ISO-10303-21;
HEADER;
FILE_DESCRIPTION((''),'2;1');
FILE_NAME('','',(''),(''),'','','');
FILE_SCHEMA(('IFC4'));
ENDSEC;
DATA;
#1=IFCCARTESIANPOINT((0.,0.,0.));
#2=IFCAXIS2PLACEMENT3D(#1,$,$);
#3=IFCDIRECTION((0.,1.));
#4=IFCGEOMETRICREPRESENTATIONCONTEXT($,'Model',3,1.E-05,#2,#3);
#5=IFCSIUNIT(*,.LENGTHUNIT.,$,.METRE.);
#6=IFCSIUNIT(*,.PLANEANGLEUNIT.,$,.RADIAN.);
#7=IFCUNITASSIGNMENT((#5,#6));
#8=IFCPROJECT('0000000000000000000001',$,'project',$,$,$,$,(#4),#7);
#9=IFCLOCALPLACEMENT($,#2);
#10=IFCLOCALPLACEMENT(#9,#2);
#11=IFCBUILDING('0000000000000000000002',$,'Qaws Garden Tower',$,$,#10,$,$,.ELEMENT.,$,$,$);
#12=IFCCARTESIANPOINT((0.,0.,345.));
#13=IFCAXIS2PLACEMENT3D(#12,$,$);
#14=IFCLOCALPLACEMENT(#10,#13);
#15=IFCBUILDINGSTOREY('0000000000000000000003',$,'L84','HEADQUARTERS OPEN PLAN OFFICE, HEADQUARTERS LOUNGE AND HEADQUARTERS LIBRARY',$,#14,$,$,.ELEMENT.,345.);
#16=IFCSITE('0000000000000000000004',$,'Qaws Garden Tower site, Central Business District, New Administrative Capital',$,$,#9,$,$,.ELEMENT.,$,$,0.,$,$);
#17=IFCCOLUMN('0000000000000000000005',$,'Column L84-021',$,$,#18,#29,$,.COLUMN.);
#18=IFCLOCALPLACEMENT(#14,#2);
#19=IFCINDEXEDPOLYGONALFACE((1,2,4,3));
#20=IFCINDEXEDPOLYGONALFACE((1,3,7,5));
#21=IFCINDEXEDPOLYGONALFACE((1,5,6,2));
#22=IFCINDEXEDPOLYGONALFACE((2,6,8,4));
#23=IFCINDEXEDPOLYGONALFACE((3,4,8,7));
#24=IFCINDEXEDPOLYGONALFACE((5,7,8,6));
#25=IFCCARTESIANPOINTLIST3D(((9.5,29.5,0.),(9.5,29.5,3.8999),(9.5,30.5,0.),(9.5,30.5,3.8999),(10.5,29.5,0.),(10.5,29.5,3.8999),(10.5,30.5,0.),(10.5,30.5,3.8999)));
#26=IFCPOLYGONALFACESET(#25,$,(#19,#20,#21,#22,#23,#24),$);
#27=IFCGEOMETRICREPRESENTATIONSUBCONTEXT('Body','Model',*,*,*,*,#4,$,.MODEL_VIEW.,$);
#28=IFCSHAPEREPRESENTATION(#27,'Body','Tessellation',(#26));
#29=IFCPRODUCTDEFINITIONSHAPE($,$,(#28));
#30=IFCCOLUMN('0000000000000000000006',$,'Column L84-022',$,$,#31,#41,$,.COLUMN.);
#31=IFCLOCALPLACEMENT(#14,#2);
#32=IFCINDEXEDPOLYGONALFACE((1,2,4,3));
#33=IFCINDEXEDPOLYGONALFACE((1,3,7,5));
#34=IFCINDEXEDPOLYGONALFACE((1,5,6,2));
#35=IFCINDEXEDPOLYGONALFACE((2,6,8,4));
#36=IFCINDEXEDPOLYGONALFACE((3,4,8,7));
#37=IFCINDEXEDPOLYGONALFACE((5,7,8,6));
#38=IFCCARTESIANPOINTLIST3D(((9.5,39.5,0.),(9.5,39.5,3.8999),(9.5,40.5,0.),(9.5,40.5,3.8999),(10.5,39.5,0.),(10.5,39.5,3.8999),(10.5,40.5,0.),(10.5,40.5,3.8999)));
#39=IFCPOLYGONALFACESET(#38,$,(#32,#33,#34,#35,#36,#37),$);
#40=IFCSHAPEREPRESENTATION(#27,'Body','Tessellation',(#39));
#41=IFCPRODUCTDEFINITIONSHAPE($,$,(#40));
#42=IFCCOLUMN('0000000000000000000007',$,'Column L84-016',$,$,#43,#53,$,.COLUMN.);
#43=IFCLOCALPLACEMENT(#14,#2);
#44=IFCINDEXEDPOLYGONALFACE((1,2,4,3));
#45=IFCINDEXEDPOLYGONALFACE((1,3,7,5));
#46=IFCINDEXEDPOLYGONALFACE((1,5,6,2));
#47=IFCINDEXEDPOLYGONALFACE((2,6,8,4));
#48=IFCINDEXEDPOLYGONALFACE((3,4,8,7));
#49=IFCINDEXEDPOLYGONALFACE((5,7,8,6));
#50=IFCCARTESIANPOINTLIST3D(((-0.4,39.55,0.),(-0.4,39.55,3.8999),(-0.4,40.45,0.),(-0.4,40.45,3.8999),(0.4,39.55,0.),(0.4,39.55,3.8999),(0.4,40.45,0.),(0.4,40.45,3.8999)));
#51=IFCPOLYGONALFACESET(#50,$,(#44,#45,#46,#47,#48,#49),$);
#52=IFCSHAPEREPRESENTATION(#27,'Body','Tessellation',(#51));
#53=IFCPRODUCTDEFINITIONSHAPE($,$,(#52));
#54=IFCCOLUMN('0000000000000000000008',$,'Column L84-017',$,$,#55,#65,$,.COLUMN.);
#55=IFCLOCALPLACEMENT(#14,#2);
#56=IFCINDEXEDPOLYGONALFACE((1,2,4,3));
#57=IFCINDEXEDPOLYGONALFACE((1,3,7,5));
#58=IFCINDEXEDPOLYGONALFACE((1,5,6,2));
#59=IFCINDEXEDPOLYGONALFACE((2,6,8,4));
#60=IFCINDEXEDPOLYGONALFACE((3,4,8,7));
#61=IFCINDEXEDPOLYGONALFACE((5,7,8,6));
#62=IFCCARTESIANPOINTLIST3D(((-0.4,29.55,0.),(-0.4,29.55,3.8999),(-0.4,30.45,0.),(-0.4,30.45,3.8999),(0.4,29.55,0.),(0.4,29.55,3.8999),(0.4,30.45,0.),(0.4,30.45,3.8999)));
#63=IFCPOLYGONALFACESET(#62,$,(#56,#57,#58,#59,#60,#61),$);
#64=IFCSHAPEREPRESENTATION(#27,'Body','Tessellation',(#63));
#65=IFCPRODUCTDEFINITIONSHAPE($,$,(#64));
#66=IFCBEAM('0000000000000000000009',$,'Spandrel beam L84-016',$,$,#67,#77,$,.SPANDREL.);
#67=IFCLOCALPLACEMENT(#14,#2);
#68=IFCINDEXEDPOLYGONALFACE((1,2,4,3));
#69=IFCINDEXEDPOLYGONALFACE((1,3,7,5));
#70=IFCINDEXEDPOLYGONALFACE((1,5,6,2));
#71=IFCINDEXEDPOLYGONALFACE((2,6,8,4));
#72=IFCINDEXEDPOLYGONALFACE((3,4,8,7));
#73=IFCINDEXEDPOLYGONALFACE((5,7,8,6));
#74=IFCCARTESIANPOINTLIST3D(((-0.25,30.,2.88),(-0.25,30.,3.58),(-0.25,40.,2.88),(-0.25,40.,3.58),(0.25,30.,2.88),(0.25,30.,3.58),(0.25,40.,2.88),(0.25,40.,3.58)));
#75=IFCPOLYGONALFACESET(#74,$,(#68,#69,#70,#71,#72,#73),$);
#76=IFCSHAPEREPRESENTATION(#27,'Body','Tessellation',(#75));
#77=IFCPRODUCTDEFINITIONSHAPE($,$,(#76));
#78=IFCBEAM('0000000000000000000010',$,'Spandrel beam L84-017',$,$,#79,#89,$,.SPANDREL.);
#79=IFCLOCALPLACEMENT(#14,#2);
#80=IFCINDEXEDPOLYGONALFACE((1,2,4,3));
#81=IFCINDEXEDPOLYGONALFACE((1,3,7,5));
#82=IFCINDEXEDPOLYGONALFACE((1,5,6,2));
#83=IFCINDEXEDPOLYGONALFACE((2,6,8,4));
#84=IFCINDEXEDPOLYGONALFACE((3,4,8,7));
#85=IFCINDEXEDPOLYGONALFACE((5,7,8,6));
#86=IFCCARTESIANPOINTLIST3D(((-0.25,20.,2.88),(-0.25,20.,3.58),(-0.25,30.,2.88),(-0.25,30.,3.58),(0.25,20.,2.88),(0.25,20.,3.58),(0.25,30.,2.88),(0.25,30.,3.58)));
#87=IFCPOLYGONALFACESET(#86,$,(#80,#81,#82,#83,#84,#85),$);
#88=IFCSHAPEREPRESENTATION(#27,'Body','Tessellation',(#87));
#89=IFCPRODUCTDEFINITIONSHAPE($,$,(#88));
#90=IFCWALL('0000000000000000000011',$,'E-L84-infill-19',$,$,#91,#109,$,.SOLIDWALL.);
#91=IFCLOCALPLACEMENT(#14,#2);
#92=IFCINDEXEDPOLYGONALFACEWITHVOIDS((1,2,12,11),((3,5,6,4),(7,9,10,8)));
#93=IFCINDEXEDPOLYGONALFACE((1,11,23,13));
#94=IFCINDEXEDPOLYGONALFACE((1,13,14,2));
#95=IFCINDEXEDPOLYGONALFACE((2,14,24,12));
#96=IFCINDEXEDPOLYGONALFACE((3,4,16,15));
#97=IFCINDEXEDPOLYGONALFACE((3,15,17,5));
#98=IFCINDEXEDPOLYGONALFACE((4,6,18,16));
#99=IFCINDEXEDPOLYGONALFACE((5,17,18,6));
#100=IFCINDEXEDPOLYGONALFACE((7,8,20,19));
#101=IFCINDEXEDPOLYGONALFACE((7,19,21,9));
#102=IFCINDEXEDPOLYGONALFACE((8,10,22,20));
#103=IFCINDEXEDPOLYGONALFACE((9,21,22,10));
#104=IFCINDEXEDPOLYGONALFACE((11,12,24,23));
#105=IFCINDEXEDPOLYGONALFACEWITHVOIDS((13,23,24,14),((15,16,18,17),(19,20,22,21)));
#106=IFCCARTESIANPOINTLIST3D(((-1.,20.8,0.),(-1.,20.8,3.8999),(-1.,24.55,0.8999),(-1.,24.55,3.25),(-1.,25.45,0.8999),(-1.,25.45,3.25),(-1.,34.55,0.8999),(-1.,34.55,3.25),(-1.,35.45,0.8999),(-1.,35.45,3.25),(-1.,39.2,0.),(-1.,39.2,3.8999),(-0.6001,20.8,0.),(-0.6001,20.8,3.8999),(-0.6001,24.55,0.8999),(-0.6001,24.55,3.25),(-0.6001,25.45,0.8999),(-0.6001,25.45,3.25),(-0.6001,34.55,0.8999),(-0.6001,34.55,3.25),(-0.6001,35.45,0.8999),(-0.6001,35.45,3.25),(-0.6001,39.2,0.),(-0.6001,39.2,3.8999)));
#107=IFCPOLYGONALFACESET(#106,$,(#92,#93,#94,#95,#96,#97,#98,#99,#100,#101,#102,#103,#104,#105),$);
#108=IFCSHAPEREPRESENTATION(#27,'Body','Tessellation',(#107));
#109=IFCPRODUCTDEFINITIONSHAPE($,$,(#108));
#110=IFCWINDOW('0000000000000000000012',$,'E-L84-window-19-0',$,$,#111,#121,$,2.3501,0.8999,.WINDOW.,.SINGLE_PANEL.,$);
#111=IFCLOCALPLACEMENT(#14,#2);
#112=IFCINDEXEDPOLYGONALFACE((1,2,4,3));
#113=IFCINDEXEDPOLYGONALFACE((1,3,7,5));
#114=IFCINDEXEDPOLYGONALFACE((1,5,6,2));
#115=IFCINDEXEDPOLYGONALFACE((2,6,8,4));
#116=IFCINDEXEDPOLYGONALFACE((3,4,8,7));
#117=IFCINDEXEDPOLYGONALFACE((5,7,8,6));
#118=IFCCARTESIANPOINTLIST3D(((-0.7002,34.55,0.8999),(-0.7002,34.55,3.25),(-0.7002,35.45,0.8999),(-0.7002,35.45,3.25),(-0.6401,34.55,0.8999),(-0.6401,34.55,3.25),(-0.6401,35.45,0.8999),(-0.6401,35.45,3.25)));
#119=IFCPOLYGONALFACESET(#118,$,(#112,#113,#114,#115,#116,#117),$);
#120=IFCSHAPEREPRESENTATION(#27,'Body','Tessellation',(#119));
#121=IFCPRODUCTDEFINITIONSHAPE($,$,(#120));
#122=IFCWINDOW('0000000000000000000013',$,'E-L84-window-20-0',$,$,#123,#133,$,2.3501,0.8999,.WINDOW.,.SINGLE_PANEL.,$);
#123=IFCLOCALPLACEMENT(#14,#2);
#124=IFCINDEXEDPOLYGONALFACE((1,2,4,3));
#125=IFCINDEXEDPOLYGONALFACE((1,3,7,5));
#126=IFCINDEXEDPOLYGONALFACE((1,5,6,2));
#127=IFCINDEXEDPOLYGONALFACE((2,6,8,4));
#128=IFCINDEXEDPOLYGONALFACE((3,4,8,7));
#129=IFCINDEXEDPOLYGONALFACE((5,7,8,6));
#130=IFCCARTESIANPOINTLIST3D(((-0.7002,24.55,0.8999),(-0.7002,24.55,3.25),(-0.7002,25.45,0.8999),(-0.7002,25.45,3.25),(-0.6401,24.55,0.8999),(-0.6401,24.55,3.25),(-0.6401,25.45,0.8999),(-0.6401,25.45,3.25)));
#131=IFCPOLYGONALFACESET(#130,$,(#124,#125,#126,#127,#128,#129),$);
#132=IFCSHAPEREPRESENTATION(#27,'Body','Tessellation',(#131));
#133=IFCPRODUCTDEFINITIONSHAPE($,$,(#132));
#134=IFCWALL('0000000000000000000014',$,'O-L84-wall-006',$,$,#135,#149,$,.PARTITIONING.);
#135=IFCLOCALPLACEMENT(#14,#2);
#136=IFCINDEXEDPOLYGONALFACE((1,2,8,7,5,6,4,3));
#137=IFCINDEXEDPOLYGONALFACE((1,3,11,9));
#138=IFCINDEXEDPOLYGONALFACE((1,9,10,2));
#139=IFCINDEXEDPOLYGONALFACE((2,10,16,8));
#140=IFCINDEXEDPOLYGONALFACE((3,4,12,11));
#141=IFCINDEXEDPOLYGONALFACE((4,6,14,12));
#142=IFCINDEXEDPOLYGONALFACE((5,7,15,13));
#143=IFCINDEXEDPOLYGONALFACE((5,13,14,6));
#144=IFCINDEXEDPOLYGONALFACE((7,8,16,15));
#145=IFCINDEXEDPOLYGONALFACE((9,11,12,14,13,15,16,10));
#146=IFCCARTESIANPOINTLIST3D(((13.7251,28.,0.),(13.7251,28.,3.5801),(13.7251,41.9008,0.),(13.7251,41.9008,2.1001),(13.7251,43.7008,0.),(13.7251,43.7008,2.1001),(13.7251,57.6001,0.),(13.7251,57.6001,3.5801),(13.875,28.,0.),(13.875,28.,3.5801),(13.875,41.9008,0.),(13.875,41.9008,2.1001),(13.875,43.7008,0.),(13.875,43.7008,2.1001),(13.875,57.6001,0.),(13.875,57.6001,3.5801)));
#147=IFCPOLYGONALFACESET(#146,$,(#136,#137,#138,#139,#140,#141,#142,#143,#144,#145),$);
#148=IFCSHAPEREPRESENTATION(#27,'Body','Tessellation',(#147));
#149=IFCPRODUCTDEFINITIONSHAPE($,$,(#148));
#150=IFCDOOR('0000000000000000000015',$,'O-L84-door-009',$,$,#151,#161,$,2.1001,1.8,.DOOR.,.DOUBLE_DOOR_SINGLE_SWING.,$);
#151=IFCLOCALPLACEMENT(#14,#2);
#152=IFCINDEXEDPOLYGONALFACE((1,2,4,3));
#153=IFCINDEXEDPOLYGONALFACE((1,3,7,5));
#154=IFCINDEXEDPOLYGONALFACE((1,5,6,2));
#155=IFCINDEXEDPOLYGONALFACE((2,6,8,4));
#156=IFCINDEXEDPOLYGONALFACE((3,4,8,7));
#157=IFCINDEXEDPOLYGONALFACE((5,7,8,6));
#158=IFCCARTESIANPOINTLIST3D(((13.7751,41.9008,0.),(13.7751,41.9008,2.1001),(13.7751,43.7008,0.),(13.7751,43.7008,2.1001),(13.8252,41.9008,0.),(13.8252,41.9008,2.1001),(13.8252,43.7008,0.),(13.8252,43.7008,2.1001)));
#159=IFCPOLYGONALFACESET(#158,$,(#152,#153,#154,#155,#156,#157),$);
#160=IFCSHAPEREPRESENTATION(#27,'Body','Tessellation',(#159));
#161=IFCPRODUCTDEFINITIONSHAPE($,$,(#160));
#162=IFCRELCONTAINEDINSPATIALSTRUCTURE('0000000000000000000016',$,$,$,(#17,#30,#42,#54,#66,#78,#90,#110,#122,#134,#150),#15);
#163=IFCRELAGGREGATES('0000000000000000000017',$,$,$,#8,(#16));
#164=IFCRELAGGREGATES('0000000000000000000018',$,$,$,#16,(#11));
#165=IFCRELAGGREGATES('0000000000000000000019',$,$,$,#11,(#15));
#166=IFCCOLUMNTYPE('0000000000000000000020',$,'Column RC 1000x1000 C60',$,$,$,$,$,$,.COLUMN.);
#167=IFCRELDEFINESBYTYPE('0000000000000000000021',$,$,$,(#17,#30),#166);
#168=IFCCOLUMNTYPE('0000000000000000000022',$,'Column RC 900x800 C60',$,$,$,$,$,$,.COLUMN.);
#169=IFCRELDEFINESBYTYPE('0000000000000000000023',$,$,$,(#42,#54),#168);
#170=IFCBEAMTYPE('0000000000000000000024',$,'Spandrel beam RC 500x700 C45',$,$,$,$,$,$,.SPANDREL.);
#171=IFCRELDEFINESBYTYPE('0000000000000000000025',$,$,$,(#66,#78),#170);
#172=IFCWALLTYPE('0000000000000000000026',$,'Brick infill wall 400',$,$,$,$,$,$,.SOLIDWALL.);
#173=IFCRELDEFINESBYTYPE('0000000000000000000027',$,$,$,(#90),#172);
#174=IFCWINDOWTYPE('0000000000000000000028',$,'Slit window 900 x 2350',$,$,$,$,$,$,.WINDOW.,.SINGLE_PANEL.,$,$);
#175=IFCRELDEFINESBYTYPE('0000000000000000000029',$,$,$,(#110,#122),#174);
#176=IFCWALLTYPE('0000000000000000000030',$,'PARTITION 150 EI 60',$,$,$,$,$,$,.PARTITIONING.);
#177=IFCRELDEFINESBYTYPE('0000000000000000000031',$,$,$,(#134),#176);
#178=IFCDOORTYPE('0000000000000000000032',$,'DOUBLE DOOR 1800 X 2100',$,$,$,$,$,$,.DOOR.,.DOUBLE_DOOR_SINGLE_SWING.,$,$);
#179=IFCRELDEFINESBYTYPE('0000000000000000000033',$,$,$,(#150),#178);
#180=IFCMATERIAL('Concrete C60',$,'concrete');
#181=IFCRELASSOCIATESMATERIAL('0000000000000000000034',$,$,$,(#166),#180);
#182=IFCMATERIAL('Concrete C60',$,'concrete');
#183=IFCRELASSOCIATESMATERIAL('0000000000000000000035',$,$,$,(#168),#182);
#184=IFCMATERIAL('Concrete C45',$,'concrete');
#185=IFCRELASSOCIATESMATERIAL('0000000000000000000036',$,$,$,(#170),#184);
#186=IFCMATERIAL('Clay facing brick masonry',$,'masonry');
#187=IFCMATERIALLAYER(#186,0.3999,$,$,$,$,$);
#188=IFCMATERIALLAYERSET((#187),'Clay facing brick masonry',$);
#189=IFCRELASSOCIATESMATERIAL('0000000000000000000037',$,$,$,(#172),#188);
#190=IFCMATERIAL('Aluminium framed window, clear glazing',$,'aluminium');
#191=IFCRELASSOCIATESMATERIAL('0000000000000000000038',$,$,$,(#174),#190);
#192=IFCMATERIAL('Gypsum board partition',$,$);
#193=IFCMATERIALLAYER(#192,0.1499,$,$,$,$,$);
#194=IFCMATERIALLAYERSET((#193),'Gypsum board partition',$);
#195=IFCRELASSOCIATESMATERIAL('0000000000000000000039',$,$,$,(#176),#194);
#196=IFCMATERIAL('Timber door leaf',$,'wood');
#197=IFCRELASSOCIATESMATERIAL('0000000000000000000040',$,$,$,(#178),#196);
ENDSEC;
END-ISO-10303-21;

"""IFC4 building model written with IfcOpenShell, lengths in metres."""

from ifc_helpers import new_model, si_unit, direction, frame, frame_2d, origin, origin_2d, place, context, subcontext, project, spatial, rectangle, extrude, material, layer, layer_set, material_profile, profile_set, type_object, element, fill, save


model = new_model("IFC4")

# Units and contexts
model_context = context("Model", 3, precision=1e-05, world=origin(), true_north=direction((0.0, 1.0)))
body_context = subcontext(model_context, "Body", "Model", "MODEL_VIEW")
ifc_project = project(units=[si_unit("LENGTHUNIT", "METRE"), si_unit("PLANEANGLEUNIT", "RADIAN")], contexts=[model_context])

# Site, building, storey
site_placement = place(None, origin())
site = spatial("IfcSite", under=ifc_project, at=site_placement, Name="Qaws Garden Tower site, Central Business District, New Administrative Capital", CompositionType="ELEMENT", RefElevation=0.0)
building_placement = place(site_placement, origin())
building = spatial("IfcBuilding", under=site, at=building_placement, Name="Qaws Garden Tower", CompositionType="ELEMENT")
storey_placement = place(building_placement, frame((0.0, 0.0, 345.0)))
storey = spatial("IfcBuildingStorey", under=building, at=storey_placement, Name="L84", Description="HEADQUARTERS OPEN PLAN OFFICE, HEADQUARTERS LOUNGE AND HEADQUARTERS LIBRARY", CompositionType="ELEMENT", Elevation=345.0)

# Columns
ifc_material_1 = material(Name="Concrete C60", Category="concrete")
ifc_material_profile_1 = material_profile(ifc_material_1, rectangle(XDim=1.0, YDim=1.0, at=origin_2d()), Name="RC 1000x1000")
ifc_profile_set_1 = profile_set([ifc_material_profile_1], Name="Concrete C60")
column_type_1 = type_object("IfcColumnType", Name="Column RC 1000x1000 C60", PredefinedType="COLUMN", material=ifc_profile_set_1)
for number, where, z_axis, x_axis, name in (
    (1, (10.0, 30.0, 0.0), (0.0, 0.0, 1.0), (1.0, 0.0, 0.0), "Column L84-021"),
    (2, (10.0, 40.0, 0.0), (0.0, 0.0, 1.0), (1.0, 0.0, 0.0), "Column L84-022"),
):
    element("IfcColumn", number, at=place(storey_placement, frame(where, z_axis=z_axis, x_axis=x_axis)), inside=storey, type_object=column_type_1, Name=name, PredefinedType="COLUMN", context=body_context, shape_type="SweptSolid", body=[
        extrude(rectangle(XDim=1.0, YDim=1.0, at=origin_2d()), origin(), (0.0, 0.0, 1.0), 3.8999),
    ])
ifc_material_2 = material(Name="Concrete C60", Category="concrete")
ifc_material_profile_2 = material_profile(ifc_material_2, rectangle(XDim=0.8999, YDim=0.8, at=origin_2d()), Name="RC 900x800")
ifc_profile_set_2 = profile_set([ifc_material_profile_2], Name="Concrete C60")
column_type_2 = type_object("IfcColumnType", Name="Column RC 900x800 C60", PredefinedType="COLUMN", material=ifc_profile_set_2)
for number, where, z_axis, x_axis, name in (
    (3, (0.0, 40.0, 0.0), (0.0, 0.0, 1.0), (0.0, 1.0, 0.0), "Column L84-016"),
    (4, (0.0, 30.0, 0.0), (0.0, 0.0, 1.0), (0.0, 1.0, 0.0), "Column L84-017"),
):
    element("IfcColumn", number, at=place(storey_placement, frame(where, z_axis=z_axis, x_axis=x_axis)), inside=storey, type_object=column_type_2, Name=name, PredefinedType="COLUMN", context=body_context, shape_type="SweptSolid", body=[
        extrude(rectangle(XDim=0.8999, YDim=0.8, at=origin_2d()), origin(), (0.0, 0.0, 1.0), 3.8999),
    ])

# Beams
ifc_material_3 = material(Name="Concrete C45", Category="concrete")
ifc_material_profile_3 = material_profile(ifc_material_3, rectangle(XDim=0.5, YDim=0.7, at=origin_2d()), Name="RC 500x700")
ifc_profile_set_3 = profile_set([ifc_material_profile_3], Name="Concrete C45")
beam_type = type_object("IfcBeamType", Name="Spandrel beam RC 500x700 C45", PredefinedType="SPANDREL", material=ifc_profile_set_3)
for number, where, z_axis, x_axis, name in (
    (5, (0.0, 40.0, 3.23), (0.0, -1.0, 0.0), (1.0, 0.0, 0.0), "Spandrel beam L84-016"),
    (6, (0.0, 30.0, 3.23), (0.0, -1.0, 0.0), (1.0, 0.0, 0.0), "Spandrel beam L84-017"),
):
    element("IfcBeam", number, at=place(storey_placement, frame(where, z_axis=z_axis, x_axis=x_axis)), inside=storey, type_object=beam_type, Name=name, PredefinedType="SPANDREL", context=body_context, shape_type="SweptSolid", body=[
        extrude(rectangle(XDim=0.5, YDim=0.7, at=origin_2d()), origin(), (0.0, 0.0, 1.0), 10.0),
    ])

# Wall, openings, windows
ifc_material_4 = material(Name="Clay facing brick masonry", Category="masonry")
ifc_layer_1 = layer(ifc_material_4, 0.3999)
ifc_layer_set_1 = layer_set([ifc_layer_1], Name="Clay facing brick masonry")
wall_type_1 = type_object("IfcWallType", Name="Brick infill wall 400", PredefinedType="SOLIDWALL", material=ifc_layer_set_1)
wall_1_placement = place(storey_placement, frame((-0.8, 39.2, 0.0), z_axis=(0.0, 0.0, 1.0), x_axis=(0.0, -1.0, 0.0)))
wall_1 = element("IfcWall", 7, at=wall_1_placement, inside=storey, type_object=wall_type_1, Name="E-L84-infill-19", PredefinedType="SOLIDWALL", context=body_context, shape_type="SweptSolid", body=[
    extrude(rectangle(XDim=18.3999, YDim=0.3999, at=frame_2d((9.2, 0.0))), origin(), (0.0, 0.0, 1.0), 3.8999),
])
opening_1_placement = place(wall_1_placement, frame((3.75, 0.0, 0.8999)))
opening_1 = element("IfcOpeningElement", 8, at=opening_1_placement, cuts=wall_1, PredefinedType="OPENING", context=body_context, shape_type="SweptSolid", body=[
    extrude(rectangle(XDim=0.8999, YDim=2.3501, at=frame_2d((0.45, 1.175))), frame((0.0, 0.21, 0.0), z_axis=(0.0, -1.0, 0.0), x_axis=(1.0, 0.0, 0.0)), (0.0, 0.0, 1.0), 0.4199),
])
opening_2_placement = place(wall_1_placement, frame((13.75, 0.0, 0.8999)))
opening_2 = element("IfcOpeningElement", 9, at=opening_2_placement, cuts=wall_1, PredefinedType="OPENING", context=body_context, shape_type="SweptSolid", body=[
    extrude(rectangle(XDim=0.8999, YDim=2.3501, at=frame_2d((0.45, 1.175))), frame((0.0, 0.21, 0.0), z_axis=(0.0, -1.0, 0.0), x_axis=(1.0, 0.0, 0.0)), (0.0, 0.0, 1.0), 0.4199),
])
ifc_material_5 = material(Name="Aluminium framed window, clear glazing", Category="aluminium")
window_type = type_object("IfcWindowType", Name="Slit window 900 x 2350", PartitioningType="SINGLE_PANEL", PredefinedType="WINDOW", material=ifc_material_5)
window_1_placement = place(opening_1_placement, origin())
window_1 = element("IfcWindow", 10, at=window_1_placement, inside=storey, type_object=window_type, Name="E-L84-window-19-0", OverallHeight=2.3501, OverallWidth=0.8999, PartitioningType="SINGLE_PANEL", PredefinedType="WINDOW", context=body_context, shape_type="SweptSolid", body=[
    extrude(rectangle(XDim=0.8999, YDim=2.3501, at=frame_2d((0.45, 1.175))), frame((0.0, 0.1599, 0.0), z_axis=(0.0, -1.0, 0.0), x_axis=(1.0, 0.0, 0.0)), (0.0, 0.0, 1.0), 0.0601),
])
fill(opening_1, window_1)
window_2_placement = place(opening_2_placement, origin())
window_2 = element("IfcWindow", 11, at=window_2_placement, inside=storey, type_object=window_type, Name="E-L84-window-20-0", OverallHeight=2.3501, OverallWidth=0.8999, PartitioningType="SINGLE_PANEL", PredefinedType="WINDOW", context=body_context, shape_type="SweptSolid", body=[
    extrude(rectangle(XDim=0.8999, YDim=2.3501, at=frame_2d((0.45, 1.175))), frame((0.0, 0.1599, 0.0), z_axis=(0.0, -1.0, 0.0), x_axis=(1.0, 0.0, 0.0)), (0.0, 0.0, 1.0), 0.0601),
])
fill(opening_2, window_2)

# Wall, opening, door
ifc_material_6 = material(Name="Gypsum board partition")
ifc_layer_2 = layer(ifc_material_6, 0.1499)
ifc_layer_set_2 = layer_set([ifc_layer_2], Name="Gypsum board partition")
wall_type_2 = type_object("IfcWallType", Name="PARTITION 150 EI 60", PredefinedType="PARTITIONING", material=ifc_layer_set_2)
wall_2_placement = place(storey_placement, frame((13.8, 28.0, 0.0), z_axis=(0.0, 0.0, 1.0), x_axis=(0.0, 1.0, 0.0)))
wall_2 = element("IfcWall", 12, at=wall_2_placement, inside=storey, type_object=wall_type_2, Name="O-L84-wall-006", PredefinedType="PARTITIONING", context=body_context, shape_type="SweptSolid", body=[
    extrude(rectangle(XDim=29.6001, YDim=0.1499, at=frame_2d((14.8, 0.0))), origin(), (0.0, 0.0, 1.0), 3.5801),
])
opening_3_placement = place(wall_2_placement, frame((13.9009, 0.0, 0.0)))
opening_3 = element("IfcOpeningElement", 13, at=opening_3_placement, cuts=wall_2, PredefinedType="OPENING", context=body_context, shape_type="SweptSolid", body=[
    extrude(rectangle(XDim=1.8, YDim=2.1001, at=frame_2d((0.8999, 1.05))), frame((0.0, 0.085, 0.0), z_axis=(0.0, -1.0, 0.0), x_axis=(1.0, 0.0, 0.0)), (0.0, 0.0, 1.0), 0.1699),
])
ifc_material_7 = material(Name="Timber door leaf", Category="wood")
door_type_1 = type_object("IfcDoorType", Name="DOUBLE DOOR 1800 X 2100", OperationType="DOUBLE_DOOR_SINGLE_SWING", PredefinedType="DOOR", material=ifc_material_7)
door_1_placement = place(opening_3_placement, origin())
door_1 = element("IfcDoor", 14, at=door_1_placement, inside=storey, type_object=door_type_1, Name="O-L84-door-009", OperationType="DOUBLE_DOOR_SINGLE_SWING", OverallHeight=2.1001, OverallWidth=1.8, PredefinedType="DOOR", context=body_context, shape_type="SweptSolid", body=[
    extrude(rectangle(XDim=1.8, YDim=2.1001, at=frame_2d((0.8999, 1.05))), frame((0.0, 0.0249, 0.0), z_axis=(0.0, -1.0, 0.0), x_axis=(1.0, 0.0, 0.0)), (0.0, 0.0, 1.0), 0.05),
])
fill(opening_3, door_1)

save(model, "model.ifc")
